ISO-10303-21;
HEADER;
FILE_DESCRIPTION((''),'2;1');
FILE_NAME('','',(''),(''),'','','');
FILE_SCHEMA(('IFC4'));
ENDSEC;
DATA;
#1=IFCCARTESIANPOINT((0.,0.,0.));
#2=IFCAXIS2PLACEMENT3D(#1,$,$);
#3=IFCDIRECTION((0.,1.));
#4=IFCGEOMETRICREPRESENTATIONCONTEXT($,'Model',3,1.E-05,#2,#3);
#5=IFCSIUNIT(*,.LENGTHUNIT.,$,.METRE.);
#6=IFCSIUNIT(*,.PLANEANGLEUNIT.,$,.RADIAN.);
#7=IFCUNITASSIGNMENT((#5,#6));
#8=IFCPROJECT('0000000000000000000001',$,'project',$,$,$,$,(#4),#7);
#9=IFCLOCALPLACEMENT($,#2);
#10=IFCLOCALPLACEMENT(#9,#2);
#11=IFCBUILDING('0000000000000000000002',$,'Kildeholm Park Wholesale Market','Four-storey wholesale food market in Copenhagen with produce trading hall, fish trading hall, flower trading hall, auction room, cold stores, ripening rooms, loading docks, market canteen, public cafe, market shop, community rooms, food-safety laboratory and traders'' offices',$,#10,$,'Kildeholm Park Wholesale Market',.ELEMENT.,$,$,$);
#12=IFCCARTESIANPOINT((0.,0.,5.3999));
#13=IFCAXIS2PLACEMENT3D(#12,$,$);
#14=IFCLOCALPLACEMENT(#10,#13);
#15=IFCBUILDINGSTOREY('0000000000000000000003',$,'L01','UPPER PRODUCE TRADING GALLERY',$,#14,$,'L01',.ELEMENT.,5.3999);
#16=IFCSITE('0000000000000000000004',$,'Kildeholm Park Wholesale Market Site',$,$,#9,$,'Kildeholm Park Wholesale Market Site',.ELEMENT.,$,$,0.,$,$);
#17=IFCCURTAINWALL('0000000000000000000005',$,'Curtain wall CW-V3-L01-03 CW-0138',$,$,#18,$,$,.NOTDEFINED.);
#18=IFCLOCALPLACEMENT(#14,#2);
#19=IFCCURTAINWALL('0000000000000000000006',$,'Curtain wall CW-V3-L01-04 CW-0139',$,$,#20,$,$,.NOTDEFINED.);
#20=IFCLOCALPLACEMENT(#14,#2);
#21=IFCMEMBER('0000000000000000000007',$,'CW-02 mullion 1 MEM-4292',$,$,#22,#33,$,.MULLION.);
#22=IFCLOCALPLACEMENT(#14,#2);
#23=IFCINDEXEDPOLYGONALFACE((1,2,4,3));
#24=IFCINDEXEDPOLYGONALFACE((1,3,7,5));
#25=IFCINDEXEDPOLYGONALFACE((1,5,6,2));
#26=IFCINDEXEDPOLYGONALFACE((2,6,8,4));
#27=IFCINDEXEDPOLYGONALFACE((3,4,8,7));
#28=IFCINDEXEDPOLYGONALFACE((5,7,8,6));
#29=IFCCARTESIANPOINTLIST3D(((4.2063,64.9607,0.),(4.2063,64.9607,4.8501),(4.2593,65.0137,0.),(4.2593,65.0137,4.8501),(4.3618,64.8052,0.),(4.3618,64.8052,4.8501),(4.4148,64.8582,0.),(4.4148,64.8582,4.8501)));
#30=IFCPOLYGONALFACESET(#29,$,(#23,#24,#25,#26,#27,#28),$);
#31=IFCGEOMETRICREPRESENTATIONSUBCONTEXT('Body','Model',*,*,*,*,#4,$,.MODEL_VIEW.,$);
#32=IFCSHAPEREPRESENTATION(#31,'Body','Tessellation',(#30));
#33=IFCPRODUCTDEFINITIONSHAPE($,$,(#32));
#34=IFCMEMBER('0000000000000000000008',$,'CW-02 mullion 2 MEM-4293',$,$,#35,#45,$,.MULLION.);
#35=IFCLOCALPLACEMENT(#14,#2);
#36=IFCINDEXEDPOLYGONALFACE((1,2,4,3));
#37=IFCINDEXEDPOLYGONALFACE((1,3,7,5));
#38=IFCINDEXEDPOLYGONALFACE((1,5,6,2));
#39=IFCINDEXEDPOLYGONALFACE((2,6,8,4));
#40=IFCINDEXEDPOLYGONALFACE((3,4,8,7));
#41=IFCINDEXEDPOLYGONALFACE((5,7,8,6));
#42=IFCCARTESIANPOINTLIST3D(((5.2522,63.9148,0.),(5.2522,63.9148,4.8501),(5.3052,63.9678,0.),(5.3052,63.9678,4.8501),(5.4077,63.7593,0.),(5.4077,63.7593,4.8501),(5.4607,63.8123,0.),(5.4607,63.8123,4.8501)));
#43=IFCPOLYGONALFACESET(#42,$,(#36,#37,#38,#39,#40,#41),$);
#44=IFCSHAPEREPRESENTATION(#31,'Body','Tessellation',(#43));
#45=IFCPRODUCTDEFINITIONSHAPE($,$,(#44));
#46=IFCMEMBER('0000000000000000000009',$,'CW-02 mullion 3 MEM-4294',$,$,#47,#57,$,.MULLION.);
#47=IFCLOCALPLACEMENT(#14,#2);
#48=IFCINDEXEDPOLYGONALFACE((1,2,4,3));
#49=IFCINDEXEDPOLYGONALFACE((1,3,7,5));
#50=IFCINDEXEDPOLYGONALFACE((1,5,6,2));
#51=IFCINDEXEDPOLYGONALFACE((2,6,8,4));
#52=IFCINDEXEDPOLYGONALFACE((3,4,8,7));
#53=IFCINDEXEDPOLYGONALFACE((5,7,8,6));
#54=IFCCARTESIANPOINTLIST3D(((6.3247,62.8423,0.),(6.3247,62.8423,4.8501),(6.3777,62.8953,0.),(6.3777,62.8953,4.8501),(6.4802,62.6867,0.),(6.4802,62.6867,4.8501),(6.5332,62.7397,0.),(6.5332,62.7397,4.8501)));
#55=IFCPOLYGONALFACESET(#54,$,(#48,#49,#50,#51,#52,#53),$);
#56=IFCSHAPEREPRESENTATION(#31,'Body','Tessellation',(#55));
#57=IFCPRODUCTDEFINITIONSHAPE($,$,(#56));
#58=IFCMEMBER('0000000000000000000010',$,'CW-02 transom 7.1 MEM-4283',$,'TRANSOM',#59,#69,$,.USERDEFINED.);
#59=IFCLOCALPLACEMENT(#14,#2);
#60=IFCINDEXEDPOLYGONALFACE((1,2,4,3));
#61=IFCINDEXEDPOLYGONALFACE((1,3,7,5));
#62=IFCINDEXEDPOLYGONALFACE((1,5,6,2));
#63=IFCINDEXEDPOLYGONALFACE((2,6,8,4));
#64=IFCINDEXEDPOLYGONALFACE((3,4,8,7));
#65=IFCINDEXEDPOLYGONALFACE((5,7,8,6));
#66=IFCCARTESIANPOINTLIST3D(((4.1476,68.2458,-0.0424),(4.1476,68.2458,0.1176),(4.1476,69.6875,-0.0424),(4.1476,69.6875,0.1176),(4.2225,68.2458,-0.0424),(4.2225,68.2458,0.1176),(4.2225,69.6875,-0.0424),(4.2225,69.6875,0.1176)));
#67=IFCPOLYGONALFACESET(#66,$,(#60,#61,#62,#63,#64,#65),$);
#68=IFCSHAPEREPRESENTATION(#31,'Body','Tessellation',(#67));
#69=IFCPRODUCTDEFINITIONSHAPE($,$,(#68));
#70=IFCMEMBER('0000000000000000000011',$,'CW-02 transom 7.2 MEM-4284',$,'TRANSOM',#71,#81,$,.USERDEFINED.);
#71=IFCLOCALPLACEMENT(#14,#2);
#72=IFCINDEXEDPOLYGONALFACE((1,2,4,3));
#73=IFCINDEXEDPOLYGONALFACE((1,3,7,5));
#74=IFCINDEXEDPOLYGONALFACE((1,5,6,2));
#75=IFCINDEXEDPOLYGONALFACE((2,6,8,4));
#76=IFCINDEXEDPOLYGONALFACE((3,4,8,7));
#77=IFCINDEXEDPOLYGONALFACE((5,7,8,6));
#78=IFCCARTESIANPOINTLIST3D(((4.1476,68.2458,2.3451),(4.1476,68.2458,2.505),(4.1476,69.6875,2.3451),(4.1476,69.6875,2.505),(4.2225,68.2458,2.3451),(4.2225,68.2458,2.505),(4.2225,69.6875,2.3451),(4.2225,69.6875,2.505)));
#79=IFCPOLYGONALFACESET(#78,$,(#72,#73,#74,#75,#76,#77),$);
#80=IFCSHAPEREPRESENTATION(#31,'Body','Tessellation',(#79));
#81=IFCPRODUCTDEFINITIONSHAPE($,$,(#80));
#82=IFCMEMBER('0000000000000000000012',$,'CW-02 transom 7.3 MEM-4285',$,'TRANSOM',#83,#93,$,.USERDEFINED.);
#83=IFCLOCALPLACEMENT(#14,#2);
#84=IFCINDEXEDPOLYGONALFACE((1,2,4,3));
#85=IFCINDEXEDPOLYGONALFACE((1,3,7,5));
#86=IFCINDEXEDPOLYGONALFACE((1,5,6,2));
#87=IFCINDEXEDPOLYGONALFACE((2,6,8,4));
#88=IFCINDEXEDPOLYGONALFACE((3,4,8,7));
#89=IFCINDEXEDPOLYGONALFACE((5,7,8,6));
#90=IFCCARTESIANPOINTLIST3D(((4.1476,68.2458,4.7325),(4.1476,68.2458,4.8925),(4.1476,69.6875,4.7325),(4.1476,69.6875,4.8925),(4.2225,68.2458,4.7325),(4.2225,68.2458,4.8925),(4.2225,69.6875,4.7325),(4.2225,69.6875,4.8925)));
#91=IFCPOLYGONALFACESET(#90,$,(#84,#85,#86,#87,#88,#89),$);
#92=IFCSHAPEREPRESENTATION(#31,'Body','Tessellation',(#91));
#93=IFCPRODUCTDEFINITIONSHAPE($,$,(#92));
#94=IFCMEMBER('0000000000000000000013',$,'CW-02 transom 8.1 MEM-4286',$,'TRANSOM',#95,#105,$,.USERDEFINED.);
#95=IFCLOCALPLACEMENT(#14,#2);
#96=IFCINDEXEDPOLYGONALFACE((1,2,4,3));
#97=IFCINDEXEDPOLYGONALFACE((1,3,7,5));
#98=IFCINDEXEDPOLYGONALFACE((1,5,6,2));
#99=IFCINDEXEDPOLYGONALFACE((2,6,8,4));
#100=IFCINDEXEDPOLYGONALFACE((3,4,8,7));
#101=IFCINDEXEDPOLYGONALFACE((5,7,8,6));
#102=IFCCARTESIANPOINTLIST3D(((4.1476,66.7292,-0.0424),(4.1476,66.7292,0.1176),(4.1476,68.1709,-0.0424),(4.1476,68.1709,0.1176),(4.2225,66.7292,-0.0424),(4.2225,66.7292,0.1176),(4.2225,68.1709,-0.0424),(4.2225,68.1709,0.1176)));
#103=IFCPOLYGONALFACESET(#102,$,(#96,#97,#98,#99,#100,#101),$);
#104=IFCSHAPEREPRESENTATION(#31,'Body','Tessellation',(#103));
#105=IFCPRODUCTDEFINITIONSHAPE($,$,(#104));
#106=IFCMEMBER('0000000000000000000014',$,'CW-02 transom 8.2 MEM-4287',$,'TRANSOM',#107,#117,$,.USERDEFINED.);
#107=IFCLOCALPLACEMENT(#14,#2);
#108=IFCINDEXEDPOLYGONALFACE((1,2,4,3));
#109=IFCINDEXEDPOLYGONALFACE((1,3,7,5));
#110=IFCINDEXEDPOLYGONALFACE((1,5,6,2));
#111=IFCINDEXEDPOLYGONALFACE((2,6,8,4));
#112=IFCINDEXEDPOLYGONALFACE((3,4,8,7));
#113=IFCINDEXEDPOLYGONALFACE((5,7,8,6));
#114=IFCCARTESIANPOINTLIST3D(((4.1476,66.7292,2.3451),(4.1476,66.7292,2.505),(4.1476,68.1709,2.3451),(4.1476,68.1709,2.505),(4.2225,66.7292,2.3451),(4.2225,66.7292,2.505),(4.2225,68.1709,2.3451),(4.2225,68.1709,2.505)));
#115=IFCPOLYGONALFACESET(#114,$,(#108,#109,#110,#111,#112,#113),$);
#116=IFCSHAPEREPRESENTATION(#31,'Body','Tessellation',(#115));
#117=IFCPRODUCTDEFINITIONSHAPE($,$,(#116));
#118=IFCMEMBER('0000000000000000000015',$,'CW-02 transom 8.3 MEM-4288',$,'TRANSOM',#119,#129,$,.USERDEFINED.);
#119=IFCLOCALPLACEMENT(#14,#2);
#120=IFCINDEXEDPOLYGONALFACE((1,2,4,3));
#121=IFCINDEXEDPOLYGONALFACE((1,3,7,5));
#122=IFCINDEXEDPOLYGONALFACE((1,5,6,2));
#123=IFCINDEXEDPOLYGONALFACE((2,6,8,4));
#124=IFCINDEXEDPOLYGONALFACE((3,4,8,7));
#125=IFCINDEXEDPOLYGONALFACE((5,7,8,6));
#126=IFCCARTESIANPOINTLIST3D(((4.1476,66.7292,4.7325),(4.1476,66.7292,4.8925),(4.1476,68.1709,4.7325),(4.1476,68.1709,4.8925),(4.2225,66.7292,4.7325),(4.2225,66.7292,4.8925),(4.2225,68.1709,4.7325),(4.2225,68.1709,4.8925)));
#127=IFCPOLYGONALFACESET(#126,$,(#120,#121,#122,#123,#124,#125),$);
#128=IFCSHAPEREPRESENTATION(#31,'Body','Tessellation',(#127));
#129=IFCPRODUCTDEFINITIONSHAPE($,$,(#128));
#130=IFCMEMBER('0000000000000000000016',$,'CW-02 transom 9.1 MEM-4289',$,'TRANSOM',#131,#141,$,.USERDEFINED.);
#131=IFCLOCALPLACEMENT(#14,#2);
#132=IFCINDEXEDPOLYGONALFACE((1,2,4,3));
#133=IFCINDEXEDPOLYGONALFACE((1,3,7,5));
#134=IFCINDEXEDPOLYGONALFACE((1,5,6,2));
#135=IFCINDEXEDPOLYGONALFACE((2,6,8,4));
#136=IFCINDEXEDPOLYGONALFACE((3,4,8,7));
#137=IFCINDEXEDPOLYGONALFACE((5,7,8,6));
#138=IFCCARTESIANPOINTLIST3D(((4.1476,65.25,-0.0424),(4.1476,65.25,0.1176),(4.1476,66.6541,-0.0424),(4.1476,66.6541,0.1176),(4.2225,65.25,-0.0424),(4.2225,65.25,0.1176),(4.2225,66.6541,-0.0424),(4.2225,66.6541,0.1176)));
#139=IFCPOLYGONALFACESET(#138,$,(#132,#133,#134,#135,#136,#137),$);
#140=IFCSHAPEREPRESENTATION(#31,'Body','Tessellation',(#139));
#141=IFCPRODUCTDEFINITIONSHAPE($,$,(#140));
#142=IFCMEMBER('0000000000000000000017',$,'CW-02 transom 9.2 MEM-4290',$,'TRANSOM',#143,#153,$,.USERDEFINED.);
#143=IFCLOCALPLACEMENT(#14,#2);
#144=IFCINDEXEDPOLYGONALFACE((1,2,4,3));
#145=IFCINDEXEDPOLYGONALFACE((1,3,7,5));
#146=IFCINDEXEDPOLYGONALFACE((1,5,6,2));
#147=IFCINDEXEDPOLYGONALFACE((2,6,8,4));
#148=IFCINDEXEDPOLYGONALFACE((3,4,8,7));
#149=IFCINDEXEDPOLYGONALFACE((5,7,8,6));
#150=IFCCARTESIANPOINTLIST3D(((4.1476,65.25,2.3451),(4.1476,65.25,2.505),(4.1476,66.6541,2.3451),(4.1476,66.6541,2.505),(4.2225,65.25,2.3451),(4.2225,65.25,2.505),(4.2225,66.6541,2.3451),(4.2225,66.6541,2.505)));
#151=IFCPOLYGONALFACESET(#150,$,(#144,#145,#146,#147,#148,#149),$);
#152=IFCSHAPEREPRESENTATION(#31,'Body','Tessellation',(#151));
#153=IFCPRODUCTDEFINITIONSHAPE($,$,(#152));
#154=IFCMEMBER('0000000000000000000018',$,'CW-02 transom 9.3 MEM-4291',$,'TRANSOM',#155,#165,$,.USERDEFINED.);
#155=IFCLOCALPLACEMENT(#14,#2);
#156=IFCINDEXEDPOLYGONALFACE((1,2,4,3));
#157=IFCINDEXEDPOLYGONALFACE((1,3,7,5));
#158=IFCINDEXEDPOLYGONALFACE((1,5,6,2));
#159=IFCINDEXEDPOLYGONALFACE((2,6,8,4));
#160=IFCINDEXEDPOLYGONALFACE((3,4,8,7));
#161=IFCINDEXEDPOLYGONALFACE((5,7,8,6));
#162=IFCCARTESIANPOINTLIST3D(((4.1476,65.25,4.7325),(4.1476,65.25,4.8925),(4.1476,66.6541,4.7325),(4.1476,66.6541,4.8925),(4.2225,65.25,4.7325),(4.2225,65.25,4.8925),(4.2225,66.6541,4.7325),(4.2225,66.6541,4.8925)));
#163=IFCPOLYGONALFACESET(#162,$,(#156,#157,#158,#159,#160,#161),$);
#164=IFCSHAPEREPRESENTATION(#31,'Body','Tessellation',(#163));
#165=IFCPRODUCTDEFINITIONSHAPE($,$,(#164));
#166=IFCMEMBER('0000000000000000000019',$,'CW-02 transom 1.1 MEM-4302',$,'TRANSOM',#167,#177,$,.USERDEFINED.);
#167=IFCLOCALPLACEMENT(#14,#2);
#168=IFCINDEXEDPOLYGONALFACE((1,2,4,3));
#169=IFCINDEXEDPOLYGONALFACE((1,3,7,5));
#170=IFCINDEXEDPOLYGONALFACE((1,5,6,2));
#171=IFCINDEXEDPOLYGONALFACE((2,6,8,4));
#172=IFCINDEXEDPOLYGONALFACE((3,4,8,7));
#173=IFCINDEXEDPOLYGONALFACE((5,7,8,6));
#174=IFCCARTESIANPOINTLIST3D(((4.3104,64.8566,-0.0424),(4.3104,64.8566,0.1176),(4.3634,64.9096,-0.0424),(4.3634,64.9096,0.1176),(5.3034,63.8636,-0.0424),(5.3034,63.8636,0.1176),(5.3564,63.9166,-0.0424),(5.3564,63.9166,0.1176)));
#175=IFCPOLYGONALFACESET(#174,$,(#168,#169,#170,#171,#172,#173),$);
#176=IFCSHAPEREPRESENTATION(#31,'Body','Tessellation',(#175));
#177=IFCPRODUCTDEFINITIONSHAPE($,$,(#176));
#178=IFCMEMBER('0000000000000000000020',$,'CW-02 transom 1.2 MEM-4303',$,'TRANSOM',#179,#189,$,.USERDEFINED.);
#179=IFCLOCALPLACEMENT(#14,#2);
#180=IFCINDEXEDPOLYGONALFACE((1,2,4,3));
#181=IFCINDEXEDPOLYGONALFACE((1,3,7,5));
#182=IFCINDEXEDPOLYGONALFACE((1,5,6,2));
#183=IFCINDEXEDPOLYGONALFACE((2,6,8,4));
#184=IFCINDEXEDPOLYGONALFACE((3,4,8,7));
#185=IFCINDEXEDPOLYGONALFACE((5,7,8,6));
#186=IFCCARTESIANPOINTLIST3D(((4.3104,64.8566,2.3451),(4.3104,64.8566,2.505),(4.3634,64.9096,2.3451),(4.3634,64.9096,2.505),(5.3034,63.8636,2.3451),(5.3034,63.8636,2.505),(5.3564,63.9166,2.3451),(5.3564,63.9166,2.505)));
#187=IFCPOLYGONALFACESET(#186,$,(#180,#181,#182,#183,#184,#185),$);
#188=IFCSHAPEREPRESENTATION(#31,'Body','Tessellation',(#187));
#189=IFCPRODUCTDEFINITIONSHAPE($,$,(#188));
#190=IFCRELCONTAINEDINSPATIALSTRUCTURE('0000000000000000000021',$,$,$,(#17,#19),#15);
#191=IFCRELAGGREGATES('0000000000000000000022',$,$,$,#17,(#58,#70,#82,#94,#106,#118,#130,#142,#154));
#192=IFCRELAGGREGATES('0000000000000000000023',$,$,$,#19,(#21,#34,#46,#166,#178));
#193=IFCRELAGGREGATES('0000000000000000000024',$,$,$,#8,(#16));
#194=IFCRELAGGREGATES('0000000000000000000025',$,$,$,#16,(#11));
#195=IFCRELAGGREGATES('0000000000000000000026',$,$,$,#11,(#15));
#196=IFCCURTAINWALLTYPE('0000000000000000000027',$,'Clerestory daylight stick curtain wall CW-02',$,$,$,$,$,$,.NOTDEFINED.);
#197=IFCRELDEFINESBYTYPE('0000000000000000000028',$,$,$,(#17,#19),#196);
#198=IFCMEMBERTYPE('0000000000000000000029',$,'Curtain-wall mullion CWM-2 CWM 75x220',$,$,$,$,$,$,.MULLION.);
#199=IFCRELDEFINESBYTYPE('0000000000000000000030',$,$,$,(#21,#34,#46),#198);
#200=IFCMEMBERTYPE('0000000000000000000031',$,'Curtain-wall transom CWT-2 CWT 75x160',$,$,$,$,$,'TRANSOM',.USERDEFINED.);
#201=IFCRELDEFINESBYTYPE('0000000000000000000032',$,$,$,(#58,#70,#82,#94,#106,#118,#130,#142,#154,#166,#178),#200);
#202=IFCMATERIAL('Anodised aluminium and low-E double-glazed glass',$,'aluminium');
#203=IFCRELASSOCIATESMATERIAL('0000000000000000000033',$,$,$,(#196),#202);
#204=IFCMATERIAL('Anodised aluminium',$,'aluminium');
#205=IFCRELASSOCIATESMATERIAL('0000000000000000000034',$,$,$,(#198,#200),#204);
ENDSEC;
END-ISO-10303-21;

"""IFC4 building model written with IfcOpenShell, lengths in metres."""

from ifc_helpers import new_model, si_unit, direction, frame, origin, origin_2d, place, context, subcontext, project, spatial, rectangle, extrude, material, material_profile, profile_set, type_object, element, aggregate, save


model = new_model("IFC4")

# Units and contexts
model_context = context("Model", 3, precision=1e-05, world=origin(), true_north=direction((0.0, 1.0)))
body_context = subcontext(model_context, "Body", "Model", "MODEL_VIEW")
ifc_project = project(units=[si_unit("LENGTHUNIT", "METRE"), si_unit("PLANEANGLEUNIT", "RADIAN")], contexts=[model_context])

# Site, building, storey
site_placement = place(None, origin())
site = spatial("IfcSite", under=ifc_project, at=site_placement, Name="Kildeholm Park Wholesale Market Site", LongName="Kildeholm Park Wholesale Market Site", CompositionType="ELEMENT", RefElevation=0.0)
building_placement = place(site_placement, origin())
building = spatial("IfcBuilding", under=site, at=building_placement, Name="Kildeholm Park Wholesale Market", Description="Four-storey wholesale food market in Copenhagen with produce trading hall, fish trading hall, flower trading hall, auction room, cold stores, ripening rooms, loading docks, market canteen, public cafe, market shop, community rooms, food-safety laboratory and traders' offices", LongName="Kildeholm Park Wholesale Market", CompositionType="ELEMENT")
storey_placement = place(building_placement, frame((0.0, 0.0, 5.3999)))
storey = spatial("IfcBuildingStorey", under=building, at=storey_placement, Name="L01", Description="UPPER PRODUCE TRADING GALLERY", LongName="L01", CompositionType="ELEMENT", Elevation=5.3999)

# Curtain walls, members
ifc_material_1 = material(Name="Anodised aluminium and low-E double-glazed glass", Category="aluminium")
curtain_wall_type = type_object("IfcCurtainWallType", Name="Clerestory daylight stick curtain wall CW-02", PredefinedType="NOTDEFINED", material=ifc_material_1)
curtain_wall_1_placement = place(storey_placement, origin())
curtain_wall_1 = element("IfcCurtainWall", 1, at=curtain_wall_1_placement, inside=storey, type_object=curtain_wall_type, Name="Curtain wall CW-V3-L01-03 CW-0138", PredefinedType="NOTDEFINED")
ifc_material_2 = material(Name="Anodised aluminium", Category="aluminium")
ifc_material_profile_1 = material_profile(ifc_material_2, rectangle(XDim=0.075, YDim=0.22, at=origin_2d()), Name="CWM 75x220")
ifc_profile_set_1 = profile_set([ifc_material_profile_1], Name="Anodised aluminium")
member_type_1 = type_object("IfcMemberType", Name="Curtain-wall mullion CWM-2 CWM 75x220", PredefinedType="MULLION", material=ifc_profile_set_1)
curtain_wall_2_placement = place(storey_placement, origin())
curtain_wall_2 = element("IfcCurtainWall", 2, at=curtain_wall_2_placement, inside=storey, type_object=curtain_wall_type, Name="Curtain wall CW-V3-L01-04 CW-0139", PredefinedType="NOTDEFINED")
member_1_placement = place(storey_placement, frame((4.3105, 64.9094, 0.0), z_axis=(0.0, 0.0, 1.0), x_axis=(0.707107, 0.707107, 0.0)))
member_1 = element("IfcMember", 3, at=member_1_placement, type_object=member_type_1, Name="CW-02 mullion 1 MEM-4292", PredefinedType="MULLION", context=body_context, shape_type="SweptSolid", body=[
    extrude(rectangle(XDim=0.075, YDim=0.22, at=origin_2d()), origin(), (0.0, 0.0, 1.0), 4.8501),
])
member_2_placement = place(storey_placement, frame((5.3564, 63.8635, 0.0), z_axis=(0.0, 0.0, 1.0), x_axis=(0.707107, 0.707107, 0.0)))
member_2 = element("IfcMember", 4, at=member_2_placement, type_object=member_type_1, Name="CW-02 mullion 2 MEM-4293", PredefinedType="MULLION", context=body_context, shape_type="SweptSolid", body=[
    extrude(rectangle(XDim=0.075, YDim=0.22, at=origin_2d()), origin(), (0.0, 0.0, 1.0), 4.8501),
])
member_3_placement = place(storey_placement, frame((6.429, 62.791, 0.0), z_axis=(0.0, 0.0, 1.0), x_axis=(0.707107, 0.707107, 0.0)))
member_3 = element("IfcMember", 5, at=member_3_placement, type_object=member_type_1, Name="CW-02 mullion 3 MEM-4294", PredefinedType="MULLION", context=body_context, shape_type="SweptSolid", body=[
    extrude(rectangle(XDim=0.075, YDim=0.22, at=origin_2d()), origin(), (0.0, 0.0, 1.0), 4.8501),
])

# Members
ifc_material_profile_2 = material_profile(ifc_material_2, rectangle(XDim=0.075, YDim=0.1599, at=origin_2d()), Name="CWT 75x160")
ifc_profile_set_2 = profile_set([ifc_material_profile_2], Name="Anodised aluminium")
member_type_2 = type_object("IfcMemberType", Name="Curtain-wall transom CWT-2 CWT 75x160", ElementType="TRANSOM", PredefinedType="USERDEFINED", material=ifc_profile_set_2)
member_4_placement = place(storey_placement, frame((4.1851, 69.6875, 0.0376), z_axis=(0.0, -1.0, 0.0), x_axis=(1.0, 0.0, 0.0)))
member_4 = element("IfcMember", 6, at=member_4_placement, type_object=member_type_2, Name="CW-02 transom 7.1 MEM-4283", ObjectType="TRANSOM", PredefinedType="USERDEFINED", context=body_context, shape_type="SweptSolid", body=[
    extrude(rectangle(XDim=0.075, YDim=0.1599, at=origin_2d()), origin(), (0.0, 0.0, 1.0), 1.4417),
])
member_5_placement = place(storey_placement, frame((4.1851, 69.6875, 2.425), z_axis=(0.0, -1.0, 0.0), x_axis=(1.0, 0.0, 0.0)))
member_5 = element("IfcMember", 7, at=member_5_placement, type_object=member_type_2, Name="CW-02 transom 7.2 MEM-4284", ObjectType="TRANSOM", PredefinedType="USERDEFINED", context=body_context, shape_type="SweptSolid", body=[
    extrude(rectangle(XDim=0.075, YDim=0.1599, at=origin_2d()), origin(), (0.0, 0.0, 1.0), 1.4417),
])
member_6_placement = place(storey_placement, frame((4.1851, 69.6875, 4.8125), z_axis=(0.0, -1.0, 0.0), x_axis=(1.0, 0.0, 0.0)))
member_6 = element("IfcMember", 8, at=member_6_placement, type_object=member_type_2, Name="CW-02 transom 7.3 MEM-4285", ObjectType="TRANSOM", PredefinedType="USERDEFINED", context=body_context, shape_type="SweptSolid", body=[
    extrude(rectangle(XDim=0.075, YDim=0.1599, at=origin_2d()), origin(), (0.0, 0.0, 1.0), 1.4417),
])
member_7_placement = place(storey_placement, frame((4.1851, 68.1709, 0.0376), z_axis=(0.0, -1.0, 0.0), x_axis=(1.0, 0.0, 0.0)))
member_7 = element("IfcMember", 9, at=member_7_placement, type_object=member_type_2, Name="CW-02 transom 8.1 MEM-4286", ObjectType="TRANSOM", PredefinedType="USERDEFINED", context=body_context, shape_type="SweptSolid", body=[
    extrude(rectangle(XDim=0.075, YDim=0.1599, at=origin_2d()), origin(), (0.0, 0.0, 1.0), 1.4417),
])
member_8_placement = place(storey_placement, frame((4.1851, 68.1709, 2.425), z_axis=(0.0, -1.0, 0.0), x_axis=(1.0, 0.0, 0.0)))
member_8 = element("IfcMember", 10, at=member_8_placement, type_object=member_type_2, Name="CW-02 transom 8.2 MEM-4287", ObjectType="TRANSOM", PredefinedType="USERDEFINED", context=body_context, shape_type="SweptSolid", body=[
    extrude(rectangle(XDim=0.075, YDim=0.1599, at=origin_2d()), origin(), (0.0, 0.0, 1.0), 1.4417),
])
member_9_placement = place(storey_placement, frame((4.1851, 68.1709, 4.8125), z_axis=(0.0, -1.0, 0.0), x_axis=(1.0, 0.0, 0.0)))
member_9 = element("IfcMember", 11, at=member_9_placement, type_object=member_type_2, Name="CW-02 transom 8.3 MEM-4288", ObjectType="TRANSOM", PredefinedType="USERDEFINED", context=body_context, shape_type="SweptSolid", body=[
    extrude(rectangle(XDim=0.075, YDim=0.1599, at=origin_2d()), origin(), (0.0, 0.0, 1.0), 1.4417),
])
member_10_placement = place(storey_placement, frame((4.1851, 66.6541, 0.0376), z_axis=(0.0, -1.0, 0.0), x_axis=(1.0, 0.0, 0.0)))
member_10 = element("IfcMember", 12, at=member_10_placement, type_object=member_type_2, Name="CW-02 transom 9.1 MEM-4289", ObjectType="TRANSOM", PredefinedType="USERDEFINED", context=body_context, shape_type="SweptSolid", body=[
    extrude(rectangle(XDim=0.075, YDim=0.1599, at=origin_2d()), origin(), (0.0, 0.0, 1.0), 1.4041),
])
member_11_placement = place(storey_placement, frame((4.1851, 66.6541, 2.425), z_axis=(0.0, -1.0, 0.0), x_axis=(1.0, 0.0, 0.0)))
member_11 = element("IfcMember", 13, at=member_11_placement, type_object=member_type_2, Name="CW-02 transom 9.2 MEM-4290", ObjectType="TRANSOM", PredefinedType="USERDEFINED", context=body_context, shape_type="SweptSolid", body=[
    extrude(rectangle(XDim=0.075, YDim=0.1599, at=origin_2d()), origin(), (0.0, 0.0, 1.0), 1.4041),
])
member_12_placement = place(storey_placement, frame((4.1851, 66.6541, 4.8125), z_axis=(0.0, -1.0, 0.0), x_axis=(1.0, 0.0, 0.0)))
member_12 = element("IfcMember", 14, at=member_12_placement, type_object=member_type_2, Name="CW-02 transom 9.3 MEM-4291", ObjectType="TRANSOM", PredefinedType="USERDEFINED", context=body_context, shape_type="SweptSolid", body=[
    extrude(rectangle(XDim=0.075, YDim=0.1599, at=origin_2d()), origin(), (0.0, 0.0, 1.0), 1.4041),
])
member_13_placement = place(storey_placement, frame((4.3369, 64.8831, 0.0376), z_axis=(0.707107, -0.707107, 0.0), x_axis=(0.707107, 0.707107, 0.0)))
member_13 = element("IfcMember", 15, at=member_13_placement, type_object=member_type_2, Name="CW-02 transom 1.1 MEM-4302", ObjectType="TRANSOM", PredefinedType="USERDEFINED", context=body_context, shape_type="SweptSolid", body=[
    extrude(rectangle(XDim=0.075, YDim=0.1599, at=origin_2d()), origin(), (0.0, 0.0, 1.0), 1.4043),
])
member_14_placement = place(storey_placement, frame((4.3369, 64.8831, 2.425), z_axis=(0.707107, -0.707107, 0.0), x_axis=(0.707107, 0.707107, 0.0)))
member_14 = element("IfcMember", 16, at=member_14_placement, type_object=member_type_2, Name="CW-02 transom 1.2 MEM-4303", ObjectType="TRANSOM", PredefinedType="USERDEFINED", context=body_context, shape_type="SweptSolid", body=[
    extrude(rectangle(XDim=0.075, YDim=0.1599, at=origin_2d()), origin(), (0.0, 0.0, 1.0), 1.4043),
])

aggregate(curtain_wall_1, [member_4, member_5, member_6, member_7, member_8, member_9, member_10, member_11, member_12])
aggregate(curtain_wall_2, [member_1, member_2, member_3, member_13, member_14])

save(model, "model.ifc")
